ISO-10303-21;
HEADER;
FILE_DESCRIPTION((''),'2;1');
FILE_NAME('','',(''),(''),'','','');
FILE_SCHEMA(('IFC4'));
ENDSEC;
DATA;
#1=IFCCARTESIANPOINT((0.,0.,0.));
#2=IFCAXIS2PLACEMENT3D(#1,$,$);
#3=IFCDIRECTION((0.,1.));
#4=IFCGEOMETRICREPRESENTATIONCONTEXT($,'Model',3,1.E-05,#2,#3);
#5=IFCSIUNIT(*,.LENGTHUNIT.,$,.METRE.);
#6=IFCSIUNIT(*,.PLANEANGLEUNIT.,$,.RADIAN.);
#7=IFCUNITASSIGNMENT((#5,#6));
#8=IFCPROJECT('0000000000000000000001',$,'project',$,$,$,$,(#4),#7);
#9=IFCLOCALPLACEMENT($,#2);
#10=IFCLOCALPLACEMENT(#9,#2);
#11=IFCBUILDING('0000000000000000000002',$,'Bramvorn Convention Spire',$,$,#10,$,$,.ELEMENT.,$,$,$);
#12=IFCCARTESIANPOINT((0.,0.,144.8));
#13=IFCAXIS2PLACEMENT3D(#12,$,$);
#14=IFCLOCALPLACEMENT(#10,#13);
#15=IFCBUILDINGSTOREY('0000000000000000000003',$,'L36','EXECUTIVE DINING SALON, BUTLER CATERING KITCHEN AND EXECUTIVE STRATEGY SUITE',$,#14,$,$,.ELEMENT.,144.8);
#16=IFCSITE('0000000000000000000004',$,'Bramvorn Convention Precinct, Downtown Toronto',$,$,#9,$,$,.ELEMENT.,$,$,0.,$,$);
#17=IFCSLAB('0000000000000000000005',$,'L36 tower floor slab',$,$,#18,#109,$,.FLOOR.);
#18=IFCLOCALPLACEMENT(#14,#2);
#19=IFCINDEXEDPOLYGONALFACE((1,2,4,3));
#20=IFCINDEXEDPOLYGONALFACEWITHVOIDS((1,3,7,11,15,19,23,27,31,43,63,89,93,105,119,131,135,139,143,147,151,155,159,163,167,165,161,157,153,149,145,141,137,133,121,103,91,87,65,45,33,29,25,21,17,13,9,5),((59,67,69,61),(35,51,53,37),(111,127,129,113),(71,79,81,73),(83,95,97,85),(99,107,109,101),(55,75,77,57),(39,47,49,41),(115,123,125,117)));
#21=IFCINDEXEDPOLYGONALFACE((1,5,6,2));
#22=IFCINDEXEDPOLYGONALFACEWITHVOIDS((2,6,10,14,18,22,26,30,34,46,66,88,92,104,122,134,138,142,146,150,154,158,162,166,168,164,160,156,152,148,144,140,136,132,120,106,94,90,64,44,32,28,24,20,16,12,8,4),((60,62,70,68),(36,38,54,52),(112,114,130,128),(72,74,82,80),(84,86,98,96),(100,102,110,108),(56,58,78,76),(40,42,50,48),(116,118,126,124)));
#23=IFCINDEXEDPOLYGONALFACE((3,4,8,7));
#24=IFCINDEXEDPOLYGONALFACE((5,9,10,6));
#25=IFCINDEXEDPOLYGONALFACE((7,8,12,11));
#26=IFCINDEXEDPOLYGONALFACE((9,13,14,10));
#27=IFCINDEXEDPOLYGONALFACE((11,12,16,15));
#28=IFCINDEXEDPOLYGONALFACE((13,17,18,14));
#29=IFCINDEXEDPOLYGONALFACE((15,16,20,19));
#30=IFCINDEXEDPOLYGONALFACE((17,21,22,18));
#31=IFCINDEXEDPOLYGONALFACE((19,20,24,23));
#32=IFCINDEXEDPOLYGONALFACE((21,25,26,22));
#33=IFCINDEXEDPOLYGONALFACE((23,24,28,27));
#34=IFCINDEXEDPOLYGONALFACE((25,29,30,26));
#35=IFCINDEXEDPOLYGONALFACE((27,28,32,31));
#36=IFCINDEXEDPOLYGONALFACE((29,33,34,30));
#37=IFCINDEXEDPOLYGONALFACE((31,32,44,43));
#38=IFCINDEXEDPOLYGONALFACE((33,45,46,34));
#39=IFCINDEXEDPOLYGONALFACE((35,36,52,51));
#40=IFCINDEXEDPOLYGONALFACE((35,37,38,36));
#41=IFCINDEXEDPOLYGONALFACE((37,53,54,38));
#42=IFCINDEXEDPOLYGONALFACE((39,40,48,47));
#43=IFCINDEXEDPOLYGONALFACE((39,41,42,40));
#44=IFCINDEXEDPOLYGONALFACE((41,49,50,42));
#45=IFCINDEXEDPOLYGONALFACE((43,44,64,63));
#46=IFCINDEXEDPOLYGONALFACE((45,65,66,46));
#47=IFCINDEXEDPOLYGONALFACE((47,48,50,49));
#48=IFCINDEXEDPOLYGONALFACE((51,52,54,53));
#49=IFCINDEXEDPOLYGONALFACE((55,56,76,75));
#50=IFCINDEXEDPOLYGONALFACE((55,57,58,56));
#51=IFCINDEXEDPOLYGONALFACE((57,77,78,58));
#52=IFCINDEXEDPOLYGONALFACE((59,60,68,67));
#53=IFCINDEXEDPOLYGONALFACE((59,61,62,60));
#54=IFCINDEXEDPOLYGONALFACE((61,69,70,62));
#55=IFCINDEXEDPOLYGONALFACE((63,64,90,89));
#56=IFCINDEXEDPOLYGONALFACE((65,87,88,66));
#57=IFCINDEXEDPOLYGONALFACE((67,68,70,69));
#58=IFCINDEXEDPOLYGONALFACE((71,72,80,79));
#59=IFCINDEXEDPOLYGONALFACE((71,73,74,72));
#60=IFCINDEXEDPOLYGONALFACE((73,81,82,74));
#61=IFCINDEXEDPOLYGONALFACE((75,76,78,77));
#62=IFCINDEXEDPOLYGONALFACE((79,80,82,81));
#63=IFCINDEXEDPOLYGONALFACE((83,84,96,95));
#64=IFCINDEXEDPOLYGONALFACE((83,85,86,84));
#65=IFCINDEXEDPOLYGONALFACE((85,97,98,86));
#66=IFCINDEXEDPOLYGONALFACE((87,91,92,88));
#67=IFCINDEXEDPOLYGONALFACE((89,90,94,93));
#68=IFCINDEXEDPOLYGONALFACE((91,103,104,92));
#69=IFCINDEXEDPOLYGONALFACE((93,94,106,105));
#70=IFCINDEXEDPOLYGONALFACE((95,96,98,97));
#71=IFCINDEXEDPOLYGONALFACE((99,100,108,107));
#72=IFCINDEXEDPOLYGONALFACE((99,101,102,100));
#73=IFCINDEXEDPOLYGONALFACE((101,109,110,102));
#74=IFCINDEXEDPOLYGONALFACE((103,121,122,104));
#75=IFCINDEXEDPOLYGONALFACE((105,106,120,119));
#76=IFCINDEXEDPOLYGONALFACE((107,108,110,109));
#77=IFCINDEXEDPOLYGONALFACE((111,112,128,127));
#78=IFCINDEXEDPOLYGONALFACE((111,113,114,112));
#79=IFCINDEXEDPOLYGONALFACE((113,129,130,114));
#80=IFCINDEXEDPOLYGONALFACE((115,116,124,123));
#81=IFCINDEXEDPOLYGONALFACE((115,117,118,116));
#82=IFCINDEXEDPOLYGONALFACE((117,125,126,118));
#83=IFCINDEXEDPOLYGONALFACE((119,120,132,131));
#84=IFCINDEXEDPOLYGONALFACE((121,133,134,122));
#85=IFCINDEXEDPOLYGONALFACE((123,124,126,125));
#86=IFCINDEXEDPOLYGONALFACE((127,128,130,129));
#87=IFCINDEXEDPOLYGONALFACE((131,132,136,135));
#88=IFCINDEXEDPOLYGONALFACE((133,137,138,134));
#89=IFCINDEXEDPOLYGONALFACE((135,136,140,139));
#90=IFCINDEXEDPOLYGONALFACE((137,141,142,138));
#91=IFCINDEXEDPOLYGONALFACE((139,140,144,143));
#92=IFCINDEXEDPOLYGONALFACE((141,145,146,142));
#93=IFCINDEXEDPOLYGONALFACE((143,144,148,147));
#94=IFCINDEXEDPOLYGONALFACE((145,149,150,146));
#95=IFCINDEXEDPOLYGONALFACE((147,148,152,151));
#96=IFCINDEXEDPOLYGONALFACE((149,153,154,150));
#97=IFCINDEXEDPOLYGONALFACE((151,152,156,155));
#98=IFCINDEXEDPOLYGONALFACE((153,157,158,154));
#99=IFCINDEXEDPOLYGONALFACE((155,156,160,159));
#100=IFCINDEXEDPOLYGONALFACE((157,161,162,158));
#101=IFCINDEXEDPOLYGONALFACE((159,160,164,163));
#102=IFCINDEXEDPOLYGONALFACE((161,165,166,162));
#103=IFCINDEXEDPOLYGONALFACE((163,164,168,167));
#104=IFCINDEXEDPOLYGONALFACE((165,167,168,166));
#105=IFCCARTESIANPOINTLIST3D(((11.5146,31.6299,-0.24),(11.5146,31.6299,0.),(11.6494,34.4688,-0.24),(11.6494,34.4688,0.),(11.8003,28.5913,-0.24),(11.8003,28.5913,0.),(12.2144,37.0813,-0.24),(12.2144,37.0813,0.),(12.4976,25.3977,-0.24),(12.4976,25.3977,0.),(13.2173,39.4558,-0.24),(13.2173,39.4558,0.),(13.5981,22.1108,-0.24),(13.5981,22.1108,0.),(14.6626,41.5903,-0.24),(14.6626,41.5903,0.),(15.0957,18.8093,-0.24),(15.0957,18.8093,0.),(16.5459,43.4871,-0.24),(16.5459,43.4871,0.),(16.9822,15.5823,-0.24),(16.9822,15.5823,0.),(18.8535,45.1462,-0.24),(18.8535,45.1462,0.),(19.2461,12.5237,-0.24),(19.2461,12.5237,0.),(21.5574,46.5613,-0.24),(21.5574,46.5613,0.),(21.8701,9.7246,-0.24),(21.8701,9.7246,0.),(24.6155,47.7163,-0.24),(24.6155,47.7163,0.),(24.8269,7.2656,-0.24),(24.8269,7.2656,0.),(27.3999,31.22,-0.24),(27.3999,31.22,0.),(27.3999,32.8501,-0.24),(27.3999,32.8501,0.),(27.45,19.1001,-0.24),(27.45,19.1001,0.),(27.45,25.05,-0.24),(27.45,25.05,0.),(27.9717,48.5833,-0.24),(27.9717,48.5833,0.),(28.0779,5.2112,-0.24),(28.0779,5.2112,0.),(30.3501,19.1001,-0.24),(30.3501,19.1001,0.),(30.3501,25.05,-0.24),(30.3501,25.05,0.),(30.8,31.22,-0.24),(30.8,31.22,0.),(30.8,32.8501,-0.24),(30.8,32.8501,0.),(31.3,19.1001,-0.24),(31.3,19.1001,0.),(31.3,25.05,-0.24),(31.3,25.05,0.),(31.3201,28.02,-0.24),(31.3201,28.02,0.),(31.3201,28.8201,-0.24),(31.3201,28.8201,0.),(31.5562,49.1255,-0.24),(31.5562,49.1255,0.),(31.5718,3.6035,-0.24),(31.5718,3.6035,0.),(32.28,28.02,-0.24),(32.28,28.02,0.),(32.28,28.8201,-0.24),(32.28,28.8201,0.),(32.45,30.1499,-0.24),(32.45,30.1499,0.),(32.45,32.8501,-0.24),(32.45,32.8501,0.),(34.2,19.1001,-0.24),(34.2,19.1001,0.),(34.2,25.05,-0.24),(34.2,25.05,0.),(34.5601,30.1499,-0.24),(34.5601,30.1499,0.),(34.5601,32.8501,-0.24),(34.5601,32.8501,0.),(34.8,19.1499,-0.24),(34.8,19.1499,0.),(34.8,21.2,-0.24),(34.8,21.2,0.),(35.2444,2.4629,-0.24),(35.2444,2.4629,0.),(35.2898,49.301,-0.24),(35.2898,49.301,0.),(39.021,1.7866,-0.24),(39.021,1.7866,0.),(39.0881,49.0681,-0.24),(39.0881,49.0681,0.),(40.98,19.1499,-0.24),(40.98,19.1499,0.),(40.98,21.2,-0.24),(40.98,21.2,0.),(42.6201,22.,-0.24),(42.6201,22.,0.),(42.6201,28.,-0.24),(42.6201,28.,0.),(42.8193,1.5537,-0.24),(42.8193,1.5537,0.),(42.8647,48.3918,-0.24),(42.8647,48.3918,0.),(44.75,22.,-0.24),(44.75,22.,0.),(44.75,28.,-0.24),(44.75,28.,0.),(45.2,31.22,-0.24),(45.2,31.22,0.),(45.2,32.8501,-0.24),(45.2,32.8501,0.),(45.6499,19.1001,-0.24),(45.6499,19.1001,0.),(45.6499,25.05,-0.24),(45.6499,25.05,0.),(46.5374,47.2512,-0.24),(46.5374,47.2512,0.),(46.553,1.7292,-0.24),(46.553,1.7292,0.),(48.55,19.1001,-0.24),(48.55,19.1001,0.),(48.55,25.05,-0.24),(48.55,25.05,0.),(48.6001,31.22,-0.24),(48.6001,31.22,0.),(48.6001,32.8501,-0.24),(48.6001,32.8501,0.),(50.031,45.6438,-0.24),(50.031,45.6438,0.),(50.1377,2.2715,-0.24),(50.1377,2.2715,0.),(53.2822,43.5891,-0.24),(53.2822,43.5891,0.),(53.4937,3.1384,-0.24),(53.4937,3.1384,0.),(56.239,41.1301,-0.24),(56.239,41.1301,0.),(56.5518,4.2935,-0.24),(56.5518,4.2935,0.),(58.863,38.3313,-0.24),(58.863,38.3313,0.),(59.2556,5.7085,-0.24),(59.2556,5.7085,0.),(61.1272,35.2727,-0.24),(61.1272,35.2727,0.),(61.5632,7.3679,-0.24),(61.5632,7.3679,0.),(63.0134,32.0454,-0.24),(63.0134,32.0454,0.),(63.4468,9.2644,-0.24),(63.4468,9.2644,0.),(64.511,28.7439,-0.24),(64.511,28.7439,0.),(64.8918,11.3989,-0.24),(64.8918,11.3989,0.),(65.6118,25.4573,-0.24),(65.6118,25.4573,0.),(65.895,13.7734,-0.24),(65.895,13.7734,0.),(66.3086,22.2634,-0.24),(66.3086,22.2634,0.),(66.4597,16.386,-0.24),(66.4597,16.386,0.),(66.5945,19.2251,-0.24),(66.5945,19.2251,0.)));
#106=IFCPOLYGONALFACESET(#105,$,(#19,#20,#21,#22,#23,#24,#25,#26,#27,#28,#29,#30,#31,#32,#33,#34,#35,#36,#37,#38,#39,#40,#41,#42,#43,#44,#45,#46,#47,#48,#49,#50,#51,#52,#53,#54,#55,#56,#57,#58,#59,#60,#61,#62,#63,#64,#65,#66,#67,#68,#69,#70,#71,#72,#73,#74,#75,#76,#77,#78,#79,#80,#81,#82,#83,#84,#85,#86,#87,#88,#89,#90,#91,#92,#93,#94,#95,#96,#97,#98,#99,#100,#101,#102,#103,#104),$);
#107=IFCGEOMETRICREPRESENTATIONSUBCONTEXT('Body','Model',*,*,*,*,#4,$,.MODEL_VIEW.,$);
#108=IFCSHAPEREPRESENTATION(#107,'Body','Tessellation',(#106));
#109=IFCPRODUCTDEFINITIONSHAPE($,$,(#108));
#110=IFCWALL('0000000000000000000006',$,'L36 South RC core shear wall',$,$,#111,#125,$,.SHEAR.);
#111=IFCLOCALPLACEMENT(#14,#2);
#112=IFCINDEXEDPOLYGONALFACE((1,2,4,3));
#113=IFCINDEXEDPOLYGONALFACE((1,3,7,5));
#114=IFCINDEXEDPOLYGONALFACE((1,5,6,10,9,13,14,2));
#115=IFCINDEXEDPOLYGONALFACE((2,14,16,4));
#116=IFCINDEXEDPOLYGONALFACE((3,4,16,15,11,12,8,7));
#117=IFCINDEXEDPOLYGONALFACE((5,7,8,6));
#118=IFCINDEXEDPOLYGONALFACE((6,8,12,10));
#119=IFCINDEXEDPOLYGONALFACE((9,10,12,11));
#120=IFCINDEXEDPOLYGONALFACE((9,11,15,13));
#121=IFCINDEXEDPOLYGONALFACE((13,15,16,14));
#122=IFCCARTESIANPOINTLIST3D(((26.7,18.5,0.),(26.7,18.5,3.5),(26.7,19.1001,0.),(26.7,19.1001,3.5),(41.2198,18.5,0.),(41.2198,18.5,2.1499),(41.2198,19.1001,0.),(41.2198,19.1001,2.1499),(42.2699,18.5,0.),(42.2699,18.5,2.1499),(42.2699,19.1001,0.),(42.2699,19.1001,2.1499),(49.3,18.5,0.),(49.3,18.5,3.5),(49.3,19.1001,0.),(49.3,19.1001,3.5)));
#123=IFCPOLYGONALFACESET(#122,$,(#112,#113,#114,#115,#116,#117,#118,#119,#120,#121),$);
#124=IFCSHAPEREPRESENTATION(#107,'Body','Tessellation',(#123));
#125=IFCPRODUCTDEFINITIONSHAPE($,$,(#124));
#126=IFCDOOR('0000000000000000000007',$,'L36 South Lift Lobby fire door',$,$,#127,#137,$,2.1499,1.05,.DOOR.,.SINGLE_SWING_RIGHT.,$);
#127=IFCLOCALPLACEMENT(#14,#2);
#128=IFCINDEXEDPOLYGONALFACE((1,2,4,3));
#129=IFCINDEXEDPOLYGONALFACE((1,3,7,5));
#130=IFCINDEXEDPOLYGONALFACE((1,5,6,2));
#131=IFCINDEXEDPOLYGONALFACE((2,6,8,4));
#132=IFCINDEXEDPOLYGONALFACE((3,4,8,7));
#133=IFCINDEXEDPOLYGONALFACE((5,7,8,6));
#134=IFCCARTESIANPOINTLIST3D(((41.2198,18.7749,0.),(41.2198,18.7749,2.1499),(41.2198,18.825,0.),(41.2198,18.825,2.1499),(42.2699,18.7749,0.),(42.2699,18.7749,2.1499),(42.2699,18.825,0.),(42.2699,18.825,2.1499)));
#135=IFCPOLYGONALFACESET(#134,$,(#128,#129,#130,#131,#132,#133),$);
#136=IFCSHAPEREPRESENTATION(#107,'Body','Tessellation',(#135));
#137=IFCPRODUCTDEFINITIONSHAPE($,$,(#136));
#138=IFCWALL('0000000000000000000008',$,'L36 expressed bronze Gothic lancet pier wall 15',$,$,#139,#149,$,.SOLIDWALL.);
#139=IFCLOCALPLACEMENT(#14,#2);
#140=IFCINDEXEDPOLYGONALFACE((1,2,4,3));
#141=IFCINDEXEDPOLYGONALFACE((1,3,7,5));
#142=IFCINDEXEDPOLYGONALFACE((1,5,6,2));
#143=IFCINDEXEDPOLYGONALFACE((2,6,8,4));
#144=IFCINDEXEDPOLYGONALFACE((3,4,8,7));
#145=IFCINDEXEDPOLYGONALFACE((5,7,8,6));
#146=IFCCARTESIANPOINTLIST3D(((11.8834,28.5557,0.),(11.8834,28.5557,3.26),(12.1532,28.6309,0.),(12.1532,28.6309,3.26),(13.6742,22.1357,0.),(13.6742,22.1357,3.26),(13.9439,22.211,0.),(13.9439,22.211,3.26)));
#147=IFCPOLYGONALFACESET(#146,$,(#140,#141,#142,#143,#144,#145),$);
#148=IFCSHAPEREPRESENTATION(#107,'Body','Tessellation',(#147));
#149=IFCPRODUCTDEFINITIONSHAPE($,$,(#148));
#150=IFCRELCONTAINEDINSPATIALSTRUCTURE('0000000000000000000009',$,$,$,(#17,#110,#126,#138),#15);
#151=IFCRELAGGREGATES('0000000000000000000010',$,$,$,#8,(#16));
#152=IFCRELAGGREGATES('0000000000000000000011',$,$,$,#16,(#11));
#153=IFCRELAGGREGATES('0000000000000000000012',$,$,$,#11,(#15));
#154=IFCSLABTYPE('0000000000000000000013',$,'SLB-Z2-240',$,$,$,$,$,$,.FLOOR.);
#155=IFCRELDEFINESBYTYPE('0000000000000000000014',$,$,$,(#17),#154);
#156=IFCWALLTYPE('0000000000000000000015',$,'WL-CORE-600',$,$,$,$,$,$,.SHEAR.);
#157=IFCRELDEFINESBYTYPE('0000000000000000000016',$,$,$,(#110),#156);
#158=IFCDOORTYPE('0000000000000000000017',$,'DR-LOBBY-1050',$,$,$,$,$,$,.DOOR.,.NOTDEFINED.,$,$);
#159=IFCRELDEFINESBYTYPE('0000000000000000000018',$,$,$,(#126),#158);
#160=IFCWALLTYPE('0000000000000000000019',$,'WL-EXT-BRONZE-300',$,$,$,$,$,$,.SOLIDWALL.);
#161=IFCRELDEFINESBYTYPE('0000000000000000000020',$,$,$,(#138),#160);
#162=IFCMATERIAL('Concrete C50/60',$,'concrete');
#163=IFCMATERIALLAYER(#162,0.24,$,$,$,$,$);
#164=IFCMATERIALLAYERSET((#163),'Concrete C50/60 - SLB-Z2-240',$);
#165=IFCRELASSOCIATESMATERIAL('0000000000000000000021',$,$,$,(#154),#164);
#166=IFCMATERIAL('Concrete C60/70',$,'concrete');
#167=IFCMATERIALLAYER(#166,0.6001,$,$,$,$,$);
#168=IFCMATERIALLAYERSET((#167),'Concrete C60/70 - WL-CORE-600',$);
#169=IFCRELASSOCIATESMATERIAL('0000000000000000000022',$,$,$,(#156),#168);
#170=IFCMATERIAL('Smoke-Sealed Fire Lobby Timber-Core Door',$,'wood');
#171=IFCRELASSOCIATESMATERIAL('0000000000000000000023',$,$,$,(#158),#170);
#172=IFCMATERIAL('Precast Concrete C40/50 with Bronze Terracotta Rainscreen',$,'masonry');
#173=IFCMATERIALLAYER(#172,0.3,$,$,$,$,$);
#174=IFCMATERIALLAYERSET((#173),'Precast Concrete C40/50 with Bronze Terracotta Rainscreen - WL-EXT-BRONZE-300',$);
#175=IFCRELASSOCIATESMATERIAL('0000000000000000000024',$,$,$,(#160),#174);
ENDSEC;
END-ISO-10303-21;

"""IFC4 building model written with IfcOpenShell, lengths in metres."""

from ifc_helpers import new_model, si_unit, direction, frame, frame_2d, origin, place, context, subcontext, project, spatial, polyline, rectangle, outline, extrude, material, layer, layer_set, type_object, element, fill, save


model = new_model("IFC4")

# Units and contexts
model_context = context("Model", 3, precision=1e-05, world=origin(), true_north=direction((0.0, 1.0)))
body_context = subcontext(model_context, "Body", "Model", "MODEL_VIEW")
ifc_project = project(units=[si_unit("LENGTHUNIT", "METRE"), si_unit("PLANEANGLEUNIT", "RADIAN")], contexts=[model_context])

# Site, building, storey
site_placement = place(None, origin())
site = spatial("IfcSite", under=ifc_project, at=site_placement, Name="Bramvorn Convention Precinct, Downtown Toronto", CompositionType="ELEMENT", RefElevation=0.0)
building_placement = place(site_placement, origin())
building = spatial("IfcBuilding", under=site, at=building_placement, Name="Bramvorn Convention Spire", CompositionType="ELEMENT")
storey_placement = place(building_placement, frame((0.0, 0.0, 144.8)))
storey = spatial("IfcBuildingStorey", under=building, at=storey_placement, Name="L36", Description="EXECUTIVE DINING SALON, BUTLER CATERING KITCHEN AND EXECUTIVE STRATEGY SUITE", CompositionType="ELEMENT", Elevation=144.8)

# Slab
ifc_material_1 = material(Name="Concrete C50/60", Category="concrete")
ifc_layer_1 = layer(ifc_material_1, 0.24)
ifc_layer_set_1 = layer_set([ifc_layer_1], Name="Concrete C50/60 - SLB-Z2-240")
slab_type_1 = type_object("IfcSlabType", Name="SLB-Z2-240", PredefinedType="FLOOR", material=ifc_layer_set_1)
slab_1_placement = place(storey_placement, frame((0.0, 0.0, -0.24)))
element("IfcSlab", 1, at=slab_1_placement, inside=storey, type_object=slab_type_1, Name="L36 tower floor slab", PredefinedType="FLOOR", context=body_context, shape_type="SweptSolid", body=[
    extrude(outline(polyline([(64.8918, 11.3989), (65.895, 13.7734), (66.4597, 16.386), (66.5945, 19.2251), (66.3086, 22.2634), (65.6118, 25.4573), (64.511, 28.7439), (63.0134, 32.0454), (61.1272, 35.2727), (58.863, 38.3313), (56.239, 41.1301), (53.2822, 43.5891), (50.031, 45.6438), (46.5374, 47.2512), (42.8647, 48.3918), (39.0881, 49.0681), (35.2898, 49.301), (31.5562, 49.1255), (27.9717, 48.5833), (24.6155, 47.7163), (21.5574, 46.5613), (18.8535, 45.1462), (16.5459, 43.4871), (14.6626, 41.5903), (13.2173, 39.4558), (12.2144, 37.0813), (11.6494, 34.4688), (11.5146, 31.6299), (11.8003, 28.5913), (12.4976, 25.3977), (13.5981, 22.1108), (15.0957, 18.8093), (16.9822, 15.5823), (19.2461, 12.5237), (21.8701, 9.7246), (24.8269, 7.2656), (28.0779, 5.2112), (31.5718, 3.6035), (35.2444, 2.4629), (39.021, 1.7866), (42.8193, 1.5537), (46.553, 1.7292), (50.1377, 2.2715), (53.4937, 3.1384), (56.5518, 4.2935), (59.2556, 5.7085), (61.5632, 7.3679), (63.4468, 9.2644), (64.8918, 11.3989)]), holes=[polyline([(27.45, 25.05), (27.45, 19.1001), (30.3501, 19.1001), (30.3501, 25.05), (27.45, 25.05)]), polyline([(45.6499, 25.05), (45.6499, 19.1001), (48.55, 19.1001), (48.55, 25.05), (45.6499, 25.05)]), polyline([(31.3, 25.05), (31.3, 19.1001), (34.2, 19.1001), (34.2, 25.05), (31.3, 25.05)]), polyline([(27.3999, 31.22), (30.8, 31.22), (30.8, 32.8501), (27.3999, 32.8501), (27.3999, 31.22)]), polyline([(45.2, 31.22), (48.6001, 31.22), (48.6001, 32.8501), (45.2, 32.8501), (45.2, 31.22)]), polyline([(32.45, 30.1499), (34.5601, 30.1499), (34.5601, 32.8501), (32.45, 32.8501), (32.45, 30.1499)]), polyline([(34.8, 19.1499), (40.98, 19.1499), (40.98, 21.2), (34.8, 21.2), (34.8, 19.1499)]), polyline([(42.6201, 22.0), (44.75, 22.0), (44.75, 28.0), (42.6201, 28.0), (42.6201, 22.0)]), polyline([(31.3201, 28.02), (32.28, 28.02), (32.28, 28.8201), (31.3201, 28.8201), (31.3201, 28.02)])]), origin(), (0.0, 0.0, 1.0), 0.24),
])

# Wall, opening, door
ifc_material_2 = material(Name="Concrete C60/70", Category="concrete")
ifc_layer_2 = layer(ifc_material_2, 0.6001)
ifc_layer_set_2 = layer_set([ifc_layer_2], Name="Concrete C60/70 - WL-CORE-600")
wall_type_1 = type_object("IfcWallType", Name="WL-CORE-600", PredefinedType="SHEAR", material=ifc_layer_set_2)
wall_1_placement = place(storey_placement, frame((26.7, 18.8, 0.0), z_axis=(0.0, 0.0, 1.0), x_axis=(1.0, 0.0, 0.0)))
wall_1 = element("IfcWall", 2, at=wall_1_placement, inside=storey, type_object=wall_type_1, Name="L36 South RC core shear wall", PredefinedType="SHEAR", context=body_context, shape_type="SweptSolid", body=[
    extrude(rectangle(XDim=22.6001, YDim=0.6001, at=frame_2d((11.3, 0.0))), origin(), (0.0, 0.0, 1.0), 3.5),
])
opening_1_placement = place(wall_1_placement, frame((14.52, 0.0, 0.0)))
opening_1 = element("IfcOpeningElement", 3, at=opening_1_placement, cuts=wall_1, PredefinedType="OPENING", context=body_context, shape_type="SweptSolid", body=[
    extrude(rectangle(XDim=1.05, YDim=2.1499, at=frame_2d((0.5249, 1.075))), frame((0.0, 0.3101, 0.0), z_axis=(0.0, -1.0, 0.0), x_axis=(1.0, 0.0, 0.0)), (0.0, 0.0, 1.0), 0.6201),
])
ifc_material_3 = material(Name="Smoke-Sealed Fire Lobby Timber-Core Door", Category="wood")
door_type = type_object("IfcDoorType", Name="DR-LOBBY-1050", OperationType="NOTDEFINED", PredefinedType="DOOR", material=ifc_material_3)
door_placement = place(opening_1_placement, origin())
door = element("IfcDoor", 4, at=door_placement, inside=storey, type_object=door_type, Name="L36 South Lift Lobby fire door", OperationType="SINGLE_SWING_RIGHT", OverallHeight=2.1499, OverallWidth=1.05, PredefinedType="DOOR", context=body_context, shape_type="SweptSolid", body=[
    extrude(rectangle(XDim=1.05, YDim=2.1499, at=frame_2d((0.5249, 1.075))), frame((0.0, 0.0249, 0.0), z_axis=(0.0, -1.0, 0.0), x_axis=(1.0, 0.0, 0.0)), (0.0, 0.0, 1.0), 0.05),
])
fill(opening_1, door)

# Wall
ifc_material_4 = material(Name="Precast Concrete C40/50 with Bronze Terracotta Rainscreen", Category="masonry")
ifc_layer_3 = layer(ifc_material_4, 0.3)
ifc_layer_set_3 = layer_set([ifc_layer_3], Name="Precast Concrete C40/50 with Bronze Terracotta Rainscreen - WL-EXT-BRONZE-300")
wall_type_2 = type_object("IfcWallType", Name="WL-EXT-BRONZE-300", PredefinedType="SOLIDWALL", material=ifc_layer_set_3)
wall_2_placement = place(storey_placement, frame((13.8091, 22.1733, 0.0), z_axis=(0.0, 0.0, 1.0), x_axis=(-0.268683, 0.963229, 0.0)))
element("IfcWall", 5, at=wall_2_placement, inside=storey, type_object=wall_type_2, Name="L36 expressed bronze Gothic lancet pier wall 15", PredefinedType="SOLIDWALL", context=body_context, shape_type="SweptSolid", body=[
    extrude(rectangle(XDim=6.665, YDim=0.28, at=frame_2d((3.3325, 0.0))), origin(), (0.0, 0.0, 1.0), 3.26),
])

save(model, "model.ifc")
